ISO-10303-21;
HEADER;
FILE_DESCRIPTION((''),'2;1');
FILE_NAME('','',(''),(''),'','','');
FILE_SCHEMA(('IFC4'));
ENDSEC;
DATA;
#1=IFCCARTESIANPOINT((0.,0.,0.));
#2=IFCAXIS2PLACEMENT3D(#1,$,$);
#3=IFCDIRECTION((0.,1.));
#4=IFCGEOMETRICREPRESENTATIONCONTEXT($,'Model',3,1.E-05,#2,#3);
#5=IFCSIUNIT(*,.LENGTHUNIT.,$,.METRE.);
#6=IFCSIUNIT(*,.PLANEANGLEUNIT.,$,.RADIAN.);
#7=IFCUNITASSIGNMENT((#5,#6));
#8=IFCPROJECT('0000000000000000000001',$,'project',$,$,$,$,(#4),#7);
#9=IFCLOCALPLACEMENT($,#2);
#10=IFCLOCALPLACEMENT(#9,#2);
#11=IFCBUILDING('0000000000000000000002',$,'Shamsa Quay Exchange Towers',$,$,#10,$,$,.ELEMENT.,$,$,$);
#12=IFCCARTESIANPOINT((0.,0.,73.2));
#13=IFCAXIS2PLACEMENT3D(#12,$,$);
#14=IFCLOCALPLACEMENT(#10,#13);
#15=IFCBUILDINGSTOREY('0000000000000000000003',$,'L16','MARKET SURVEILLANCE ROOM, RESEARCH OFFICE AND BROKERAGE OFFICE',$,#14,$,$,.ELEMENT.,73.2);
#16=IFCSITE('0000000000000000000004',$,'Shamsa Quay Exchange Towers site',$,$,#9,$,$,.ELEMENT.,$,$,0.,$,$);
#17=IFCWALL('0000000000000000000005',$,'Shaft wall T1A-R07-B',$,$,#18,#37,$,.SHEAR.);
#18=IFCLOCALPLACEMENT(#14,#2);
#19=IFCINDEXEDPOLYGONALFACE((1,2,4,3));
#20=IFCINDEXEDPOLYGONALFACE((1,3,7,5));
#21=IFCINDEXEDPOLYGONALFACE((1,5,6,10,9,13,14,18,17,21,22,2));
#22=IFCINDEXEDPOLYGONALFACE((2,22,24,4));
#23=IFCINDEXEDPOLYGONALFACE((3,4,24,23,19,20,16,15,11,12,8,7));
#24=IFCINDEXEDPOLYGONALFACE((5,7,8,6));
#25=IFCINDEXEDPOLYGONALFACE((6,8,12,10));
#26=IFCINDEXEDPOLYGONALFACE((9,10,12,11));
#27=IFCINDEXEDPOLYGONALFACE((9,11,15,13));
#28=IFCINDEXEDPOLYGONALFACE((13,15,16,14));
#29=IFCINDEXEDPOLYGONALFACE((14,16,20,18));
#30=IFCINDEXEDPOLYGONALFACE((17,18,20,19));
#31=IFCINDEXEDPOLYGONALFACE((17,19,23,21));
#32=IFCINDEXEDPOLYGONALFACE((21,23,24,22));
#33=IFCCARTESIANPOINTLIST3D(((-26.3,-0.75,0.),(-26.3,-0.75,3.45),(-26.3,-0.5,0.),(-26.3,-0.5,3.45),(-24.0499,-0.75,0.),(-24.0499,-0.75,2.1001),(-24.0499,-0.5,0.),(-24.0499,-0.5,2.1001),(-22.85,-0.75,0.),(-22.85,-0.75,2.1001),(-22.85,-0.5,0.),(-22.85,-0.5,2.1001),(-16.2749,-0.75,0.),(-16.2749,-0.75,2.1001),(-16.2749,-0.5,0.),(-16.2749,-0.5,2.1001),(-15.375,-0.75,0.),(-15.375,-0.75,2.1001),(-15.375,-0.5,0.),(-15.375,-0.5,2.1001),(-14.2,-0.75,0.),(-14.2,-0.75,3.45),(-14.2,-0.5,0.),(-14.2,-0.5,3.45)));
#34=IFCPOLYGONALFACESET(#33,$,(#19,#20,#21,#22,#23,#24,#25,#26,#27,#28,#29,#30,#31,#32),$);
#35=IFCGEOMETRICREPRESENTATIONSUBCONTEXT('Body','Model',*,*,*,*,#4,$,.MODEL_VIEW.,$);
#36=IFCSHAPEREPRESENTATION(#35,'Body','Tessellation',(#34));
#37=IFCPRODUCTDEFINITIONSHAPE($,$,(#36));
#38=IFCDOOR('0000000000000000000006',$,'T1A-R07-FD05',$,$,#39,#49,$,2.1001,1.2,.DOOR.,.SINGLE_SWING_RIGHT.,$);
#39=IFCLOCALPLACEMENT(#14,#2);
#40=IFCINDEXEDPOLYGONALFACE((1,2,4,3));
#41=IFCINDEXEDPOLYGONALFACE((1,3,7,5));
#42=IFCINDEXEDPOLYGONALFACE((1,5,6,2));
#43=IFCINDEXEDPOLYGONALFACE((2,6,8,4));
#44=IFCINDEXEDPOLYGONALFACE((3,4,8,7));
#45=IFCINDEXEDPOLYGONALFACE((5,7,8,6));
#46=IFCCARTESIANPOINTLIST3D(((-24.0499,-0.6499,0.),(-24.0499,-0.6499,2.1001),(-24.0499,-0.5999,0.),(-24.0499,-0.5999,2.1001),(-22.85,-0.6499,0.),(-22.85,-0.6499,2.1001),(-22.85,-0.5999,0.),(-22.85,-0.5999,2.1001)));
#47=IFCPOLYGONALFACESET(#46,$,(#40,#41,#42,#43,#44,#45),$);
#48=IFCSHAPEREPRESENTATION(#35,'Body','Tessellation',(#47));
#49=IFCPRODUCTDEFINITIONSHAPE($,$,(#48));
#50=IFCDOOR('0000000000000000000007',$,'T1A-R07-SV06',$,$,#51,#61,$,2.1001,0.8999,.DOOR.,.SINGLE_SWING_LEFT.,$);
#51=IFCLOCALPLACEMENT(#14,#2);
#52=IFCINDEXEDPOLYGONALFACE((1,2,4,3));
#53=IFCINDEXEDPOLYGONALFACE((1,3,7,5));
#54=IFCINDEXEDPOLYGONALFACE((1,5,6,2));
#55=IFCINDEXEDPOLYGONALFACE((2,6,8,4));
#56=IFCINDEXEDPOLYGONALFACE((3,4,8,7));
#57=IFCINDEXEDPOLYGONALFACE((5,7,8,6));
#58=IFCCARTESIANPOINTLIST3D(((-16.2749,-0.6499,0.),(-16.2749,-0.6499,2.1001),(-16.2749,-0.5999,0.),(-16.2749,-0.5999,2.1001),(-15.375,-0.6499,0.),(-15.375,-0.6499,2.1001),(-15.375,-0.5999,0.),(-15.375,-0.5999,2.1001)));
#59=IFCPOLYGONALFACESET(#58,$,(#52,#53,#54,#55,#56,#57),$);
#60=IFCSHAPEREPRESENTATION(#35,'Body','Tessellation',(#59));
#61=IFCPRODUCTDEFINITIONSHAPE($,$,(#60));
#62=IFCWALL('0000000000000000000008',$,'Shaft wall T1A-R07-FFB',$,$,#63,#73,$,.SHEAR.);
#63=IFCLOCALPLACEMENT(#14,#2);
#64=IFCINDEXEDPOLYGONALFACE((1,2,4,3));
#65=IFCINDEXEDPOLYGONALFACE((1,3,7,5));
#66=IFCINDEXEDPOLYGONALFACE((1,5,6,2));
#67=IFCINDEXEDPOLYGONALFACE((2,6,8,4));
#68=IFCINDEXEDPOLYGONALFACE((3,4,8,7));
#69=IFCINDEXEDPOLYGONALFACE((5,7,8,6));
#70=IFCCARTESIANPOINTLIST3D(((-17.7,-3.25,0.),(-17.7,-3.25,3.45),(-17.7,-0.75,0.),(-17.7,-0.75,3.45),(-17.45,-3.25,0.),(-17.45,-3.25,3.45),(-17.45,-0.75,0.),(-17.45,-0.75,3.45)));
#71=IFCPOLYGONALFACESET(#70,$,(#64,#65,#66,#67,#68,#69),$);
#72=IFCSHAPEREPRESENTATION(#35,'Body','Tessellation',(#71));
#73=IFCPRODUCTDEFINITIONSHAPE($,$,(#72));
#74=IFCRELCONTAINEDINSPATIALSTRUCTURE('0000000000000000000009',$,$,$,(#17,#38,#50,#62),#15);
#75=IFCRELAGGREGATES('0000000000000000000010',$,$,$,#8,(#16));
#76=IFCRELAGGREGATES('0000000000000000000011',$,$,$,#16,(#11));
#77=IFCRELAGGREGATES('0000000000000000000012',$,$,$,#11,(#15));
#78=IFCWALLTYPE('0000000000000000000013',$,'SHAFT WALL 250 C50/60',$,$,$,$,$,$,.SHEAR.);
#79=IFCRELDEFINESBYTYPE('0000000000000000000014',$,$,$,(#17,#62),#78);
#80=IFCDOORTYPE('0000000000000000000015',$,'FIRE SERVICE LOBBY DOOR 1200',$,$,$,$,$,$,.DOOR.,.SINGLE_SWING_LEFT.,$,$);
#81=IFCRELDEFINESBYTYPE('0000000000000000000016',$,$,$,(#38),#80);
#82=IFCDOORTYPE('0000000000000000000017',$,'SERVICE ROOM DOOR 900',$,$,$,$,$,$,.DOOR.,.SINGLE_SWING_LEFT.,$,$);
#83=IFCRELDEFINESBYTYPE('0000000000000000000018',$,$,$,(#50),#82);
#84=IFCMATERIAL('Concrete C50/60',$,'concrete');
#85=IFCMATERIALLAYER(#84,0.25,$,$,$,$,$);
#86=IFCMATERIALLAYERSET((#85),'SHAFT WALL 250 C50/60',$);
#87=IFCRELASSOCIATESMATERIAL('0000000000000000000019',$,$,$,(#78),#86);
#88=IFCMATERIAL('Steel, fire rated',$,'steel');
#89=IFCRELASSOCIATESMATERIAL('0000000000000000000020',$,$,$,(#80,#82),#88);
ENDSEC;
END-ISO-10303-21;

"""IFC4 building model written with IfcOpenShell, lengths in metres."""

from ifc_helpers import new_model, si_unit, direction, frame, frame_2d, origin, place, context, subcontext, project, spatial, rectangle, extrude, material, layer, layer_set, type_object, element, fill, save


model = new_model("IFC4")

# Units and contexts
model_context = context("Model", 3, precision=1e-05, world=origin(), true_north=direction((0.0, 1.0)))
body_context = subcontext(model_context, "Body", "Model", "MODEL_VIEW")
ifc_project = project(units=[si_unit("LENGTHUNIT", "METRE"), si_unit("PLANEANGLEUNIT", "RADIAN")], contexts=[model_context])

# Site, building, storey
site_placement = place(None, origin())
site = spatial("IfcSite", under=ifc_project, at=site_placement, Name="Shamsa Quay Exchange Towers site", CompositionType="ELEMENT", RefElevation=0.0)
building_placement = place(site_placement, origin())
building = spatial("IfcBuilding", under=site, at=building_placement, Name="Shamsa Quay Exchange Towers", CompositionType="ELEMENT")
storey_placement = place(building_placement, frame((0.0, 0.0, 73.2)))
storey = spatial("IfcBuildingStorey", under=building, at=storey_placement, Name="L16", Description="MARKET SURVEILLANCE ROOM, RESEARCH OFFICE AND BROKERAGE OFFICE", CompositionType="ELEMENT", Elevation=73.2)

# Shared definitions
ifc_material_1 = material(Name="Concrete C50/60", Category="concrete")
ifc_layer_1 = layer(ifc_material_1, 0.25)
ifc_layer_set_1 = layer_set([ifc_layer_1], Name="SHAFT WALL 250 C50/60")
wall_type = type_object("IfcWallType", Name="SHAFT WALL 250 C50/60", PredefinedType="SHEAR", material=ifc_layer_set_1)
ifc_material_2 = material(Name="Steel, fire rated", Category="steel")

# Wall, openings, doors
wall_1_placement = place(storey_placement, frame((-14.2, -0.625, 0.0), z_axis=(0.0, 0.0, 1.0), x_axis=(-1.0, 0.0, 0.0)))
wall_1 = element("IfcWall", 1, at=wall_1_placement, inside=storey, type_object=wall_type, Name="Shaft wall T1A-R07-B", PredefinedType="SHEAR", context=body_context, shape_type="SweptSolid", body=[
    extrude(rectangle(XDim=12.1001, YDim=0.25, at=frame_2d((6.05, 0.0))), origin(), (0.0, 0.0, 1.0), 3.45),
])
opening_1_placement = place(wall_1_placement, frame((8.6499, 0.0, 0.0)))
opening_1 = element("IfcOpeningElement", 2, at=opening_1_placement, cuts=wall_1, PredefinedType="OPENING", context=body_context, shape_type="SweptSolid", body=[
    extrude(rectangle(XDim=1.2, YDim=2.1001, at=frame_2d((0.6001, 1.05))), frame((0.0, 0.135, 0.0), z_axis=(0.0, -1.0, 0.0), x_axis=(1.0, 0.0, 0.0)), (0.0, 0.0, 1.0), 0.27),
])
opening_2_placement = place(wall_1_placement, frame((1.175, 0.0, 0.0)))
opening_2 = element("IfcOpeningElement", 3, at=opening_2_placement, cuts=wall_1, PredefinedType="OPENING", context=body_context, shape_type="SweptSolid", body=[
    extrude(rectangle(XDim=0.8999, YDim=2.1001, at=frame_2d((0.45, 1.05))), frame((0.0, 0.135, 0.0), z_axis=(0.0, -1.0, 0.0), x_axis=(1.0, 0.0, 0.0)), (0.0, 0.0, 1.0), 0.27),
])
door_type_1 = type_object("IfcDoorType", Name="FIRE SERVICE LOBBY DOOR 1200", OperationType="SINGLE_SWING_LEFT", PredefinedType="DOOR", material=ifc_material_2)
door_1_placement = place(opening_1_placement, origin())
door_1 = element("IfcDoor", 4, at=door_1_placement, inside=storey, type_object=door_type_1, Name="T1A-R07-FD05", OperationType="SINGLE_SWING_RIGHT", OverallHeight=2.1001, OverallWidth=1.2, PredefinedType="DOOR", context=body_context, shape_type="SweptSolid", body=[
    extrude(rectangle(XDim=1.2, YDim=2.1001, at=frame_2d((0.6001, 1.05))), frame((0.0, 0.0249, 0.0), z_axis=(0.0, -1.0, 0.0), x_axis=(1.0, 0.0, 0.0)), (0.0, 0.0, 1.0), 0.05),
])
fill(opening_1, door_1)
door_type_2 = type_object("IfcDoorType", Name="SERVICE ROOM DOOR 900", OperationType="SINGLE_SWING_LEFT", PredefinedType="DOOR", material=ifc_material_2)
door_2_placement = place(opening_2_placement, origin())
door_2 = element("IfcDoor", 5, at=door_2_placement, inside=storey, type_object=door_type_2, Name="T1A-R07-SV06", OperationType="SINGLE_SWING_LEFT", OverallHeight=2.1001, OverallWidth=0.8999, PredefinedType="DOOR", context=body_context, shape_type="SweptSolid", body=[
    extrude(rectangle(XDim=0.8999, YDim=2.1001, at=frame_2d((0.45, 1.05))), frame((0.0, 0.0249, 0.0), z_axis=(0.0, -1.0, 0.0), x_axis=(1.0, 0.0, 0.0)), (0.0, 0.0, 1.0), 0.05),
])
fill(opening_2, door_2)

# Wall
wall_2_placement = place(storey_placement, frame((-17.575, -3.25, 0.0), z_axis=(0.0, 0.0, 1.0), x_axis=(0.0, 1.0, 0.0)))
element("IfcWall", 6, at=wall_2_placement, inside=storey, type_object=wall_type, Name="Shaft wall T1A-R07-FFB", PredefinedType="SHEAR", context=body_context, shape_type="SweptSolid", body=[
    extrude(rectangle(XDim=2.5, YDim=0.25, at=frame_2d((1.25, 0.0))), origin(), (0.0, 0.0, 1.0), 3.45),
])

save(model, "model.ifc")
